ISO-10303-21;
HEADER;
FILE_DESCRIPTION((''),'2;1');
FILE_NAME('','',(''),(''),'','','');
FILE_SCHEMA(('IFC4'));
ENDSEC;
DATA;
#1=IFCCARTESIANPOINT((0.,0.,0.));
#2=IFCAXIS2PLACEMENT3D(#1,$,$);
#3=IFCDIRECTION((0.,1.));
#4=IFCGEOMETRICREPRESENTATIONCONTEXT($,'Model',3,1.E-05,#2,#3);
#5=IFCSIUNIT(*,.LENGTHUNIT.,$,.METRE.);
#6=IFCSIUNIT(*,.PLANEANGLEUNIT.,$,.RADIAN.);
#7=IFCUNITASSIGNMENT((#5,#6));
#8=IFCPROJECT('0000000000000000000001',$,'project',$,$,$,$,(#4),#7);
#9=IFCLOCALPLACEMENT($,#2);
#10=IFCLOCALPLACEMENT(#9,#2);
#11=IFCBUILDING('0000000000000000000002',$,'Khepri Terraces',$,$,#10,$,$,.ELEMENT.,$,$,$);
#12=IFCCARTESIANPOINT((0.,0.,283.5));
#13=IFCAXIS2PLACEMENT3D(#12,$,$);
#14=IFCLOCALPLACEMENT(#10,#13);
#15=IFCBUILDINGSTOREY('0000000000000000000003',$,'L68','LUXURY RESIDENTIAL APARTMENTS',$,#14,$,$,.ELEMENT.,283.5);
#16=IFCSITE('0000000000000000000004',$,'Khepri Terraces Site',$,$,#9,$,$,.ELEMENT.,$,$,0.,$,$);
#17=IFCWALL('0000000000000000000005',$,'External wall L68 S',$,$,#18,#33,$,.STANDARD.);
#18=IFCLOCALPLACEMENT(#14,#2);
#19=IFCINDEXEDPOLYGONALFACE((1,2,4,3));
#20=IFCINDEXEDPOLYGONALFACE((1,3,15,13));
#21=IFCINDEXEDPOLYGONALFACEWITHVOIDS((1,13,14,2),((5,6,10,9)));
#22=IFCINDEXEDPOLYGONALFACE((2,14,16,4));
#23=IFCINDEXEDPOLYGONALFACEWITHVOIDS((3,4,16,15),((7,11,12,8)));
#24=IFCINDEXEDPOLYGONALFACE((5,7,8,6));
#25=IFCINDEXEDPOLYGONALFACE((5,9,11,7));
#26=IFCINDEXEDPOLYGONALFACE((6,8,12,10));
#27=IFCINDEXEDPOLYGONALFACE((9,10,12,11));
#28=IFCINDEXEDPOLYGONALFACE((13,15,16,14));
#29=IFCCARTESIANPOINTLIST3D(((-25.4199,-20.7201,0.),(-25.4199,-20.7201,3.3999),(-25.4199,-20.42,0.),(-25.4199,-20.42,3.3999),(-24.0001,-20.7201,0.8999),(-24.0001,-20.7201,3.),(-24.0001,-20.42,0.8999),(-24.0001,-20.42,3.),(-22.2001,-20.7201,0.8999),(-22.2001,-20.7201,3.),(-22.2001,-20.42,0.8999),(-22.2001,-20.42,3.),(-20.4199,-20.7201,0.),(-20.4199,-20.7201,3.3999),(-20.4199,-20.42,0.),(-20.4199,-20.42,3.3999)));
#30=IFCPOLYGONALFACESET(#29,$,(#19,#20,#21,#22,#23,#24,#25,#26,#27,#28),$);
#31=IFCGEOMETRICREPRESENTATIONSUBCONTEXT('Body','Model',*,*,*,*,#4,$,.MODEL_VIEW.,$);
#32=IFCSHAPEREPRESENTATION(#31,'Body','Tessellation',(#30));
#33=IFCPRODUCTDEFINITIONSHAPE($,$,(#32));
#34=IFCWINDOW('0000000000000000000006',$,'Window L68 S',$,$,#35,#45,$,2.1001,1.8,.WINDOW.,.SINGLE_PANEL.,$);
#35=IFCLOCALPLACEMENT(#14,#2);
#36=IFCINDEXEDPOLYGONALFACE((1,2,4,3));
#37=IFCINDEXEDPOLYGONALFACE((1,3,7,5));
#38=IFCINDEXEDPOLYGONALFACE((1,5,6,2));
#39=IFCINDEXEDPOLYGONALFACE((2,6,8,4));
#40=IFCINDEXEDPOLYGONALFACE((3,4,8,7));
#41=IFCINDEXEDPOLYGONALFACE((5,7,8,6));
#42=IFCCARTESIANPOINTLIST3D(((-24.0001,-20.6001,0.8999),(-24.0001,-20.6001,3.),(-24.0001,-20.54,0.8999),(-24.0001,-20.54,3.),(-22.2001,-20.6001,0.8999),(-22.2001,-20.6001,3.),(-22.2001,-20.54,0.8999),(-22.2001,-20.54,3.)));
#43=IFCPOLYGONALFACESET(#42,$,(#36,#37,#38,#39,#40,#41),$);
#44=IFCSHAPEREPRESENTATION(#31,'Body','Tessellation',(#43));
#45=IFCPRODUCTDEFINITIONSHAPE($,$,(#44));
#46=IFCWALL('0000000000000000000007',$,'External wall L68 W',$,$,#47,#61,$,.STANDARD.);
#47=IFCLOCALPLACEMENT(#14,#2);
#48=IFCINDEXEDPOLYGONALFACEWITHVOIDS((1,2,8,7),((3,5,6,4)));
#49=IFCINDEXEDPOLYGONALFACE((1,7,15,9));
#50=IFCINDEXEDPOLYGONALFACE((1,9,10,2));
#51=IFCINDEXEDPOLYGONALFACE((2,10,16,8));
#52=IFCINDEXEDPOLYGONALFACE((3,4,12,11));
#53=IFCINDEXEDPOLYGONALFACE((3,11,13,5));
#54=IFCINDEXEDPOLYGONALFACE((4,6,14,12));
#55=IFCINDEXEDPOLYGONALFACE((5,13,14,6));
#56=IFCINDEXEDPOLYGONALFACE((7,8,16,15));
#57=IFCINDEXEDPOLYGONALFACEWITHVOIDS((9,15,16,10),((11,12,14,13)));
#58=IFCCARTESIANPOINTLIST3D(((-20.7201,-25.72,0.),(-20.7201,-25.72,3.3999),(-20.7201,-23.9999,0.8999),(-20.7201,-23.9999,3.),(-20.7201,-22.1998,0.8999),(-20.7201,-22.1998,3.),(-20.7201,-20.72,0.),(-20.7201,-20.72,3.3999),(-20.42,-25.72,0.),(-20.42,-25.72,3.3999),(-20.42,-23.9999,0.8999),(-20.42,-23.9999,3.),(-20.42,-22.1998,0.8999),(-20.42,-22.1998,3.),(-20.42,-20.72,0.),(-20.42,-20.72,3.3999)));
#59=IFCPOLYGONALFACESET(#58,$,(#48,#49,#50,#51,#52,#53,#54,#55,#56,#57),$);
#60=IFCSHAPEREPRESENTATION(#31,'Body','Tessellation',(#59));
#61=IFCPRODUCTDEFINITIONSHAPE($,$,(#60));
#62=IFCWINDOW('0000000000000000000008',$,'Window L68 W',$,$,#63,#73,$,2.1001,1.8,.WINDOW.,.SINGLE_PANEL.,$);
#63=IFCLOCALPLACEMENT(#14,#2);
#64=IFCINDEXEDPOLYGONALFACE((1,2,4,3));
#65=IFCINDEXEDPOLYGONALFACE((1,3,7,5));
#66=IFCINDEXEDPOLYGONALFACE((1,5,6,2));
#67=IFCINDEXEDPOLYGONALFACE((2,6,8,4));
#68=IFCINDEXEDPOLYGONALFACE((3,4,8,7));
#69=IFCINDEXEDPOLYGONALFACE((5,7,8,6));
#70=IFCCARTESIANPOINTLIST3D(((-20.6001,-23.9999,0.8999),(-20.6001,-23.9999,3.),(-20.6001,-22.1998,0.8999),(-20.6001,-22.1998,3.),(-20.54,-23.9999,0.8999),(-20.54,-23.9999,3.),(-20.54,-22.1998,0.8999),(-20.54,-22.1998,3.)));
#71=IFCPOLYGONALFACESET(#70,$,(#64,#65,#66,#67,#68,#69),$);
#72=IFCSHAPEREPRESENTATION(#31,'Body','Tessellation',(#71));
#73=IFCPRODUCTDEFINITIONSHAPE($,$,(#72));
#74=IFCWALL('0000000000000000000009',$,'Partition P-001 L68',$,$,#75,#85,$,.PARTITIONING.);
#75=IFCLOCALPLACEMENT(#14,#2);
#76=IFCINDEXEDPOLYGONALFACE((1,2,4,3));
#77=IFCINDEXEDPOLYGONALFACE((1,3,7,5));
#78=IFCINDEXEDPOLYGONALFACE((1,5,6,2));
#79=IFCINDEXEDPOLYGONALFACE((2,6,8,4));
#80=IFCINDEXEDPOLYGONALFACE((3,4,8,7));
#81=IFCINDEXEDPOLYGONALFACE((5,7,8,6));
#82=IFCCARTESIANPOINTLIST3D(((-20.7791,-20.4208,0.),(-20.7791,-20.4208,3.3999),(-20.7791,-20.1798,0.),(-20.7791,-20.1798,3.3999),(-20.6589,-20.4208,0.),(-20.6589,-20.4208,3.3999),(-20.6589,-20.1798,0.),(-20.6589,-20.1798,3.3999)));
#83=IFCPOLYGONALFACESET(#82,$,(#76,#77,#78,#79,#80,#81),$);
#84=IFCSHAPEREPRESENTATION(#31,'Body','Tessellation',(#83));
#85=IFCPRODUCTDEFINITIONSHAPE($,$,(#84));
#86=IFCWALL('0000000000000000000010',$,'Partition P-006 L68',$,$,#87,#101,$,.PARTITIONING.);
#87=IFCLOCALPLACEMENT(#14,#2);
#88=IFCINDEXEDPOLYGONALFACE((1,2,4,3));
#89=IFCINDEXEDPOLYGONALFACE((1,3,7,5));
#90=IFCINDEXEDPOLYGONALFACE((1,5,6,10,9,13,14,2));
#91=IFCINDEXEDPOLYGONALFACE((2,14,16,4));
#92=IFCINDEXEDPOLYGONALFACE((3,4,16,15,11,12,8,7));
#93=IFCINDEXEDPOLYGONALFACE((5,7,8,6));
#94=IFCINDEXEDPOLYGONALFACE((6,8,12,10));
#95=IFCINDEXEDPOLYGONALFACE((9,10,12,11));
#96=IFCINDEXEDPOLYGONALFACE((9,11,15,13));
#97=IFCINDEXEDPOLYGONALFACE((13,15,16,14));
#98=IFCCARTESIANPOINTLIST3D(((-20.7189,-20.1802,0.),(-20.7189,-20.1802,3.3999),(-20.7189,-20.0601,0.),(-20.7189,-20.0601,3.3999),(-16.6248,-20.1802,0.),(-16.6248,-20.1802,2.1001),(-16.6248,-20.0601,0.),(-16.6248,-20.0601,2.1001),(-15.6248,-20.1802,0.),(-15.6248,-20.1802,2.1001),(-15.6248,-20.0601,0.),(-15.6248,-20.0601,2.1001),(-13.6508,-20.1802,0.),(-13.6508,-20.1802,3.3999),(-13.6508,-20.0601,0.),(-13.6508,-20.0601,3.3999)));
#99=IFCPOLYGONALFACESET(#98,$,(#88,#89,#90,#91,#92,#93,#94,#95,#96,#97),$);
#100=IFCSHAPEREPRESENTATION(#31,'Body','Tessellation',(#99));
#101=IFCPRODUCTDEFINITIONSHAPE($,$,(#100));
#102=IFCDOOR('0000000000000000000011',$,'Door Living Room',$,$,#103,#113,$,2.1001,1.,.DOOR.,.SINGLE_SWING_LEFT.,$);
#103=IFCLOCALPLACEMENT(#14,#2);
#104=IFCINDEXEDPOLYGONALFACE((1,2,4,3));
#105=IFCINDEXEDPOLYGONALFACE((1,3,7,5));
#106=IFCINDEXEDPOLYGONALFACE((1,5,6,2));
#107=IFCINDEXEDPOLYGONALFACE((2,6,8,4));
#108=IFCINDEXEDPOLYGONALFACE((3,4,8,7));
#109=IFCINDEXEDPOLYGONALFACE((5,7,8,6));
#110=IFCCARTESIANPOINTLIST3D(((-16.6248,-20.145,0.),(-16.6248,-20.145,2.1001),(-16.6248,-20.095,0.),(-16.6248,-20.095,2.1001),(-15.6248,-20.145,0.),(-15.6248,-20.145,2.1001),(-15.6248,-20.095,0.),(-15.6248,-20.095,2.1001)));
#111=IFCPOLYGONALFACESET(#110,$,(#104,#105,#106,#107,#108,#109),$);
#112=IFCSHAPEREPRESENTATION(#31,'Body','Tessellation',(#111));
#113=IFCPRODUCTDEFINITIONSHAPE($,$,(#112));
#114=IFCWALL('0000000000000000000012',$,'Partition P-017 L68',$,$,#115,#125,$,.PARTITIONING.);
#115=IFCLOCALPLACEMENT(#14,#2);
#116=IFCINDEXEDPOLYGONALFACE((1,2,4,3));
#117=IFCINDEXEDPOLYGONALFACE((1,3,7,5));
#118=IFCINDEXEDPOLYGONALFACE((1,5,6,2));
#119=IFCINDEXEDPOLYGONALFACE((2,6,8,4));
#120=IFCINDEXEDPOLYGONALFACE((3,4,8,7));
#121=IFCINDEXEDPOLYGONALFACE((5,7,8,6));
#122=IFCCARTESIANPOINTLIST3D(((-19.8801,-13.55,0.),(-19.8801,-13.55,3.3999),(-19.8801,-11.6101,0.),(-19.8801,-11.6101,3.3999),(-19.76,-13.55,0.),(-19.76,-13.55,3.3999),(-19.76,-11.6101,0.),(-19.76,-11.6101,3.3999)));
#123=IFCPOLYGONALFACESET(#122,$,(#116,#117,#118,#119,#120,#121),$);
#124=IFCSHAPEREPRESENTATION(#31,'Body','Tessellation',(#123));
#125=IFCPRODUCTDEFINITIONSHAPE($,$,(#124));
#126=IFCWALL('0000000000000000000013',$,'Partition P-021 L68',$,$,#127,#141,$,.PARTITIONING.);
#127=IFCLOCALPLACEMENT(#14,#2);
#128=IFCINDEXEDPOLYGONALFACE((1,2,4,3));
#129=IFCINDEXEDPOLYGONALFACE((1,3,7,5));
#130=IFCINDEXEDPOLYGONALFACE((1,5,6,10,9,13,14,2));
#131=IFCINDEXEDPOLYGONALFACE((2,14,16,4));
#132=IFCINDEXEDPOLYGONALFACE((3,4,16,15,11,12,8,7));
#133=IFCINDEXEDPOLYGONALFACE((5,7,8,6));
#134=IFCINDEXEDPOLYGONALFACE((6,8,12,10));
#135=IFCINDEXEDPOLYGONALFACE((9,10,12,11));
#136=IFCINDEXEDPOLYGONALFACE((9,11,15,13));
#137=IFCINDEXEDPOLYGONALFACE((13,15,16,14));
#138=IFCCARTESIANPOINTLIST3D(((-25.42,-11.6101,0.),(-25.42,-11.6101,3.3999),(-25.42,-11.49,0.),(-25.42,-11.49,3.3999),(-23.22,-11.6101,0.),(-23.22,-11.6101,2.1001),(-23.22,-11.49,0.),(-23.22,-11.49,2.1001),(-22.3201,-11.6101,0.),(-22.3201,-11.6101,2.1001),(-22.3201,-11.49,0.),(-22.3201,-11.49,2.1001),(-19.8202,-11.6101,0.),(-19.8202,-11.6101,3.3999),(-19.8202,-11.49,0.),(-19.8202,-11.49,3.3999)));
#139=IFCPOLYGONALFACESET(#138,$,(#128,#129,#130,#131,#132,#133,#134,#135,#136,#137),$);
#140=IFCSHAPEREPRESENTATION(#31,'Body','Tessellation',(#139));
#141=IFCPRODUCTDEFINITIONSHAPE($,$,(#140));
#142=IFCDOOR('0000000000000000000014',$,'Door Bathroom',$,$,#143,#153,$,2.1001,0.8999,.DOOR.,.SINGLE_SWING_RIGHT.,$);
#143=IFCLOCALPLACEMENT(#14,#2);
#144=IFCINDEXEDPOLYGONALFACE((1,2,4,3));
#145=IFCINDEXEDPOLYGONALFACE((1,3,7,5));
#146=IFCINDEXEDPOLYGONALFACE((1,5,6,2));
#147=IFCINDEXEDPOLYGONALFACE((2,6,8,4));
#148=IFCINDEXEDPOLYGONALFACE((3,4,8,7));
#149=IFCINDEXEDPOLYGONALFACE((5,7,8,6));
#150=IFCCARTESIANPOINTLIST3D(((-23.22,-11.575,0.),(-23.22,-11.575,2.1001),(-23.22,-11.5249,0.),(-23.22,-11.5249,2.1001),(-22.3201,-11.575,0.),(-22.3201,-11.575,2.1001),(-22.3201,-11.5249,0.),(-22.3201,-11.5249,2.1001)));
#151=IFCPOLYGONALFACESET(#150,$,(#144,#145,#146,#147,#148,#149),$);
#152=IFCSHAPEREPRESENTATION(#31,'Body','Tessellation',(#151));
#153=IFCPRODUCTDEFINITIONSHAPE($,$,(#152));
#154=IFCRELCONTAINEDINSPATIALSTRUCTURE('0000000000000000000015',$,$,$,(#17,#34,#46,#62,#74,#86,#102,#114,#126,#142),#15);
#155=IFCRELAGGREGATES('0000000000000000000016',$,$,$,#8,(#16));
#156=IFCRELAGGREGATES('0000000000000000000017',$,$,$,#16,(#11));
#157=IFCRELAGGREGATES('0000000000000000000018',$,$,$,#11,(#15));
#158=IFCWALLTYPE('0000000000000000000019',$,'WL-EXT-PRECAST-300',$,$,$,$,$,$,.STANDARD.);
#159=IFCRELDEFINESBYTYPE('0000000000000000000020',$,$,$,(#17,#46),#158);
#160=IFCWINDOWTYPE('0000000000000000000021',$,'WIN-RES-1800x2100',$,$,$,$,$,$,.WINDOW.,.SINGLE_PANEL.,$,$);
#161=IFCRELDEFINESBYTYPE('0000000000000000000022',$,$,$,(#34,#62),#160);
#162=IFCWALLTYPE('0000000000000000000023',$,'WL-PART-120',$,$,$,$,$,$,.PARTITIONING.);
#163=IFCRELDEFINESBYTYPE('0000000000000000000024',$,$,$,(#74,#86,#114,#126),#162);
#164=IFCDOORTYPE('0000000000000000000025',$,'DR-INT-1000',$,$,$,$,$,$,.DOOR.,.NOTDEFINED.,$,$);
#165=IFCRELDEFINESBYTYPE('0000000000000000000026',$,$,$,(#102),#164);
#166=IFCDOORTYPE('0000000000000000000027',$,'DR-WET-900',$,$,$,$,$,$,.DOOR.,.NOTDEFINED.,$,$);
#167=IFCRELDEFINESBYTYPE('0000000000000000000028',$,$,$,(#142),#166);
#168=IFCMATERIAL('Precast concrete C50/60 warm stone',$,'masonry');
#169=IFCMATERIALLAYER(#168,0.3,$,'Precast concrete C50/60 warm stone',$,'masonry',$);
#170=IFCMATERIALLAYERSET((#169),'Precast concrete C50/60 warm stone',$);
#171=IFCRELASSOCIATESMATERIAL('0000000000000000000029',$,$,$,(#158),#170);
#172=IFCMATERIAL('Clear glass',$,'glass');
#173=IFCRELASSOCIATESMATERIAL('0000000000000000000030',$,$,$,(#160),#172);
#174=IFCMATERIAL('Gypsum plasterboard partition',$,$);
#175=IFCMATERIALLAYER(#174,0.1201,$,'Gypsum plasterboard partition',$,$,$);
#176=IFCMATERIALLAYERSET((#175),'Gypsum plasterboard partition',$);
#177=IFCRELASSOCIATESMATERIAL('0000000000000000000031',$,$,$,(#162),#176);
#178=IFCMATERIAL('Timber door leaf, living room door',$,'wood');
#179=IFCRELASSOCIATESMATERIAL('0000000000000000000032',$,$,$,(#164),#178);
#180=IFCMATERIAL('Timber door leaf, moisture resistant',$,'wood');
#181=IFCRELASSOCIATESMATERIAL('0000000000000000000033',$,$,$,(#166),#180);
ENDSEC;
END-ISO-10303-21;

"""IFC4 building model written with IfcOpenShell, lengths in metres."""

from ifc_helpers import new_model, si_unit, direction, frame, frame_2d, origin, place, context, subcontext, project, spatial, rectangle, extrude, material, layer, layer_set, type_object, element, fill, save


model = new_model("IFC4")

# Units and contexts
model_context = context("Model", 3, precision=1e-05, world=origin(), true_north=direction((0.0, 1.0)))
body_context = subcontext(model_context, "Body", "Model", "MODEL_VIEW")
ifc_project = project(units=[si_unit("LENGTHUNIT", "METRE"), si_unit("PLANEANGLEUNIT", "RADIAN")], contexts=[model_context])

# Site, building, storey
site_placement = place(None, origin())
site = spatial("IfcSite", under=ifc_project, at=site_placement, Name="Khepri Terraces Site", CompositionType="ELEMENT", RefElevation=0.0)
building_placement = place(site_placement, origin())
building = spatial("IfcBuilding", under=site, at=building_placement, Name="Khepri Terraces", CompositionType="ELEMENT")
storey_placement = place(building_placement, frame((0.0, 0.0, 283.5)))
storey = spatial("IfcBuildingStorey", under=building, at=storey_placement, Name="L68", Description="LUXURY RESIDENTIAL APARTMENTS", CompositionType="ELEMENT", Elevation=283.5)

# Shared definitions
ifc_material_1 = material(Name="Precast concrete C50/60 warm stone", Category="masonry")
ifc_layer_1 = layer(ifc_material_1, 0.3, Name="Precast concrete C50/60 warm stone", Category="masonry")
ifc_layer_set_1 = layer_set([ifc_layer_1], Name="Precast concrete C50/60 warm stone")
wall_type_1 = type_object("IfcWallType", Name="WL-EXT-PRECAST-300", PredefinedType="STANDARD", material=ifc_layer_set_1)
ifc_material_2 = material(Name="Clear glass", Category="glass")
window_type = type_object("IfcWindowType", Name="WIN-RES-1800x2100", PartitioningType="SINGLE_PANEL", PredefinedType="WINDOW", material=ifc_material_2)

# Walls, openings, windows
wall_1_placement = place(storey_placement, frame((-25.4199, -20.5701, 0.0), z_axis=(0.0, 0.0, 1.0), x_axis=(1.0, 0.0, 0.0)))
wall_1 = element("IfcWall", 1, at=wall_1_placement, inside=storey, type_object=wall_type_1, Name="External wall L68 S", PredefinedType="STANDARD", context=body_context, shape_type="SweptSolid", body=[
    extrude(rectangle(XDim=5.0, YDim=0.3, at=frame_2d((2.5, 0.0))), origin(), (0.0, 0.0, 1.0), 3.3999),
])
opening_1_placement = place(wall_1_placement, frame((1.4199, 0.0, 0.8999)))
opening_1 = element("IfcOpeningElement", 2, at=opening_1_placement, cuts=wall_1, PredefinedType="OPENING", context=body_context, shape_type="SweptSolid", body=[
    extrude(rectangle(XDim=1.8, YDim=2.1001, at=frame_2d((0.8999, 1.05))), frame((0.0, 0.1602, 0.0), z_axis=(0.0, -1.0, 0.0), x_axis=(1.0, 0.0, 0.0)), (0.0, 0.0, 1.0), 0.3201),
])
window_1_placement = place(opening_1_placement, origin())
window_1 = element("IfcWindow", 3, at=window_1_placement, inside=storey, type_object=window_type, Name="Window L68 S", OverallHeight=2.1001, OverallWidth=1.8, PartitioningType="SINGLE_PANEL", PredefinedType="WINDOW", context=body_context, shape_type="SweptSolid", body=[
    extrude(rectangle(XDim=1.8, YDim=2.1001, at=frame_2d((0.8999, 1.05))), frame((0.0, 0.03, 0.0), z_axis=(0.0, -1.0, 0.0), x_axis=(1.0, 0.0, 0.0)), (0.0, 0.0, 1.0), 0.0601),
])
fill(opening_1, window_1)
wall_2_placement = place(storey_placement, frame((-20.5701, -20.72, 0.0), z_axis=(0.0, 0.0, 1.0), x_axis=(0.0, -1.0, 0.0)))
wall_2 = element("IfcWall", 4, at=wall_2_placement, inside=storey, type_object=wall_type_1, Name="External wall L68 W", PredefinedType="STANDARD", context=body_context, shape_type="SweptSolid", body=[
    extrude(rectangle(XDim=5.0, YDim=0.3, at=frame_2d((2.5, 0.0))), origin(), (0.0, 0.0, 1.0), 3.3999),
])
opening_2_placement = place(wall_2_placement, frame((1.48, 0.0, 0.8999)))
opening_2 = element("IfcOpeningElement", 5, at=opening_2_placement, cuts=wall_2, PredefinedType="OPENING", context=body_context, shape_type="SweptSolid", body=[
    extrude(rectangle(XDim=1.8, YDim=2.1001, at=frame_2d((0.8999, 1.05))), frame((0.0, 0.1602, 0.0), z_axis=(0.0, -1.0, 0.0), x_axis=(1.0, 0.0, 0.0)), (0.0, 0.0, 1.0), 0.3201),
])
window_2_placement = place(opening_2_placement, origin())
window_2 = element("IfcWindow", 6, at=window_2_placement, inside=storey, type_object=window_type, Name="Window L68 W", OverallHeight=2.1001, OverallWidth=1.8, PartitioningType="SINGLE_PANEL", PredefinedType="WINDOW", context=body_context, shape_type="SweptSolid", body=[
    extrude(rectangle(XDim=1.8, YDim=2.1001, at=frame_2d((0.8999, 1.05))), frame((0.0, 0.03, 0.0), z_axis=(0.0, -1.0, 0.0), x_axis=(1.0, 0.0, 0.0)), (0.0, 0.0, 1.0), 0.0601),
])
fill(opening_2, window_2)

# Wall
ifc_material_3 = material(Name="Gypsum plasterboard partition")
ifc_layer_2 = layer(ifc_material_3, 0.1201, Name="Gypsum plasterboard partition")
ifc_layer_set_2 = layer_set([ifc_layer_2], Name="Gypsum plasterboard partition")
wall_type_2 = type_object("IfcWallType", Name="WL-PART-120", PredefinedType="PARTITIONING", material=ifc_layer_set_2)
wall_3_placement = place(storey_placement, frame((-20.719, -20.4209, 0.0), z_axis=(0.0, 0.0, 1.0), x_axis=(0.0, 1.0, 0.0)))
element("IfcWall", 7, at=wall_3_placement, inside=storey, type_object=wall_type_2, Name="Partition P-001 L68", PredefinedType="PARTITIONING", context=body_context, shape_type="SweptSolid", body=[
    extrude(rectangle(XDim=0.241, YDim=0.1201, at=frame_2d((0.1206, 0.0))), origin(), (0.0, 0.0, 1.0), 3.3999),
])

# Wall, opening, door
wall_4_placement = place(storey_placement, frame((-20.719, -20.1201, 0.0), z_axis=(0.0, 0.0, 1.0), x_axis=(1.0, 0.0, 0.0)))
wall_4 = element("IfcWall", 8, at=wall_4_placement, inside=storey, type_object=wall_type_2, Name="Partition P-006 L68", PredefinedType="PARTITIONING", context=body_context, shape_type="SweptSolid", body=[
    extrude(rectangle(XDim=7.0681, YDim=0.1201, at=frame_2d((3.5342, 0.0))), origin(), (0.0, 0.0, 1.0), 3.3999),
])
opening_3_placement = place(wall_4_placement, frame((4.0942, 0.0, 0.0)))
opening_3 = element("IfcOpeningElement", 9, at=opening_3_placement, cuts=wall_4, PredefinedType="OPENING", context=body_context, shape_type="SweptSolid", body=[
    extrude(rectangle(XDim=1.0, YDim=2.1001, at=frame_2d((0.5, 1.05))), frame((0.0, 0.0701, 0.0), z_axis=(0.0, -1.0, 0.0), x_axis=(1.0, 0.0, 0.0)), (0.0, 0.0, 1.0), 0.1401),
])
ifc_material_4 = material(Name="Timber door leaf, living room door", Category="wood")
door_type_1 = type_object("IfcDoorType", Name="DR-INT-1000", OperationType="NOTDEFINED", PredefinedType="DOOR", material=ifc_material_4)
door_1_placement = place(opening_3_placement, frame((1.0, 0.0, 0.0), z_axis=(0.0, 0.0, 1.0), x_axis=(-1.0, 0.0, 0.0)))
door_1 = element("IfcDoor", 10, at=door_1_placement, inside=storey, type_object=door_type_1, Name="Door Living Room", OperationType="SINGLE_SWING_LEFT", OverallHeight=2.1001, OverallWidth=1.0, PredefinedType="DOOR", context=body_context, shape_type="SweptSolid", body=[
    extrude(rectangle(XDim=1.0, YDim=2.1001, at=frame_2d((0.5, 1.05))), frame((0.0, 0.0249, 0.0), z_axis=(0.0, -1.0, 0.0), x_axis=(1.0, 0.0, 0.0)), (0.0, 0.0, 1.0), 0.05),
])
fill(opening_3, door_1)

# Wall
wall_5_placement = place(storey_placement, frame((-19.8201, -13.55, 0.0), z_axis=(0.0, 0.0, 1.0), x_axis=(0.0, 1.0, 0.0)))
element("IfcWall", 11, at=wall_5_placement, inside=storey, type_object=wall_type_2, Name="Partition P-017 L68", PredefinedType="PARTITIONING", context=body_context, shape_type="SweptSolid", body=[
    extrude(rectangle(XDim=1.9399, YDim=0.1201, at=frame_2d((0.97, 0.0))), origin(), (0.0, 0.0, 1.0), 3.3999),
])

# Wall, opening, door
wall_6_placement = place(storey_placement, frame((-25.4199, -11.55, 0.0), z_axis=(0.0, 0.0, 1.0), x_axis=(1.0, 0.0, 0.0)))
wall_6 = element("IfcWall", 12, at=wall_6_placement, inside=storey, type_object=wall_type_2, Name="Partition P-021 L68", PredefinedType="PARTITIONING", context=body_context, shape_type="SweptSolid", body=[
    extrude(rectangle(XDim=5.5999, YDim=0.1201, at=frame_2d((2.7998, 0.0))), origin(), (0.0, 0.0, 1.0), 3.3999),
])
opening_4_placement = place(wall_6_placement, frame((2.2, 0.0, 0.0)))
opening_4 = element("IfcOpeningElement", 13, at=opening_4_placement, cuts=wall_6, PredefinedType="OPENING", context=body_context, shape_type="SweptSolid", body=[
    extrude(rectangle(XDim=0.8999, YDim=2.1001, at=frame_2d((0.45, 1.05))), frame((0.0, 0.0701, 0.0), z_axis=(0.0, -1.0, 0.0), x_axis=(1.0, 0.0, 0.0)), (0.0, 0.0, 1.0), 0.1401),
])
ifc_material_5 = material(Name="Timber door leaf, moisture resistant", Category="wood")
door_type_2 = type_object("IfcDoorType", Name="DR-WET-900", OperationType="NOTDEFINED", PredefinedType="DOOR", material=ifc_material_5)
door_2_placement = place(opening_4_placement, frame((0.8999, 0.0, 0.0), z_axis=(0.0, 0.0, 1.0), x_axis=(-1.0, 0.0, 0.0)))
door_2 = element("IfcDoor", 14, at=door_2_placement, inside=storey, type_object=door_type_2, Name="Door Bathroom", OperationType="SINGLE_SWING_RIGHT", OverallHeight=2.1001, OverallWidth=0.8999, PredefinedType="DOOR", context=body_context, shape_type="SweptSolid", body=[
    extrude(rectangle(XDim=0.8999, YDim=2.1001, at=frame_2d((0.45, 1.05))), frame((0.0, 0.0249, 0.0), z_axis=(0.0, -1.0, 0.0), x_axis=(1.0, 0.0, 0.0)), (0.0, 0.0, 1.0), 0.05),
])
fill(opening_4, door_2)

save(model, "model.ifc")
